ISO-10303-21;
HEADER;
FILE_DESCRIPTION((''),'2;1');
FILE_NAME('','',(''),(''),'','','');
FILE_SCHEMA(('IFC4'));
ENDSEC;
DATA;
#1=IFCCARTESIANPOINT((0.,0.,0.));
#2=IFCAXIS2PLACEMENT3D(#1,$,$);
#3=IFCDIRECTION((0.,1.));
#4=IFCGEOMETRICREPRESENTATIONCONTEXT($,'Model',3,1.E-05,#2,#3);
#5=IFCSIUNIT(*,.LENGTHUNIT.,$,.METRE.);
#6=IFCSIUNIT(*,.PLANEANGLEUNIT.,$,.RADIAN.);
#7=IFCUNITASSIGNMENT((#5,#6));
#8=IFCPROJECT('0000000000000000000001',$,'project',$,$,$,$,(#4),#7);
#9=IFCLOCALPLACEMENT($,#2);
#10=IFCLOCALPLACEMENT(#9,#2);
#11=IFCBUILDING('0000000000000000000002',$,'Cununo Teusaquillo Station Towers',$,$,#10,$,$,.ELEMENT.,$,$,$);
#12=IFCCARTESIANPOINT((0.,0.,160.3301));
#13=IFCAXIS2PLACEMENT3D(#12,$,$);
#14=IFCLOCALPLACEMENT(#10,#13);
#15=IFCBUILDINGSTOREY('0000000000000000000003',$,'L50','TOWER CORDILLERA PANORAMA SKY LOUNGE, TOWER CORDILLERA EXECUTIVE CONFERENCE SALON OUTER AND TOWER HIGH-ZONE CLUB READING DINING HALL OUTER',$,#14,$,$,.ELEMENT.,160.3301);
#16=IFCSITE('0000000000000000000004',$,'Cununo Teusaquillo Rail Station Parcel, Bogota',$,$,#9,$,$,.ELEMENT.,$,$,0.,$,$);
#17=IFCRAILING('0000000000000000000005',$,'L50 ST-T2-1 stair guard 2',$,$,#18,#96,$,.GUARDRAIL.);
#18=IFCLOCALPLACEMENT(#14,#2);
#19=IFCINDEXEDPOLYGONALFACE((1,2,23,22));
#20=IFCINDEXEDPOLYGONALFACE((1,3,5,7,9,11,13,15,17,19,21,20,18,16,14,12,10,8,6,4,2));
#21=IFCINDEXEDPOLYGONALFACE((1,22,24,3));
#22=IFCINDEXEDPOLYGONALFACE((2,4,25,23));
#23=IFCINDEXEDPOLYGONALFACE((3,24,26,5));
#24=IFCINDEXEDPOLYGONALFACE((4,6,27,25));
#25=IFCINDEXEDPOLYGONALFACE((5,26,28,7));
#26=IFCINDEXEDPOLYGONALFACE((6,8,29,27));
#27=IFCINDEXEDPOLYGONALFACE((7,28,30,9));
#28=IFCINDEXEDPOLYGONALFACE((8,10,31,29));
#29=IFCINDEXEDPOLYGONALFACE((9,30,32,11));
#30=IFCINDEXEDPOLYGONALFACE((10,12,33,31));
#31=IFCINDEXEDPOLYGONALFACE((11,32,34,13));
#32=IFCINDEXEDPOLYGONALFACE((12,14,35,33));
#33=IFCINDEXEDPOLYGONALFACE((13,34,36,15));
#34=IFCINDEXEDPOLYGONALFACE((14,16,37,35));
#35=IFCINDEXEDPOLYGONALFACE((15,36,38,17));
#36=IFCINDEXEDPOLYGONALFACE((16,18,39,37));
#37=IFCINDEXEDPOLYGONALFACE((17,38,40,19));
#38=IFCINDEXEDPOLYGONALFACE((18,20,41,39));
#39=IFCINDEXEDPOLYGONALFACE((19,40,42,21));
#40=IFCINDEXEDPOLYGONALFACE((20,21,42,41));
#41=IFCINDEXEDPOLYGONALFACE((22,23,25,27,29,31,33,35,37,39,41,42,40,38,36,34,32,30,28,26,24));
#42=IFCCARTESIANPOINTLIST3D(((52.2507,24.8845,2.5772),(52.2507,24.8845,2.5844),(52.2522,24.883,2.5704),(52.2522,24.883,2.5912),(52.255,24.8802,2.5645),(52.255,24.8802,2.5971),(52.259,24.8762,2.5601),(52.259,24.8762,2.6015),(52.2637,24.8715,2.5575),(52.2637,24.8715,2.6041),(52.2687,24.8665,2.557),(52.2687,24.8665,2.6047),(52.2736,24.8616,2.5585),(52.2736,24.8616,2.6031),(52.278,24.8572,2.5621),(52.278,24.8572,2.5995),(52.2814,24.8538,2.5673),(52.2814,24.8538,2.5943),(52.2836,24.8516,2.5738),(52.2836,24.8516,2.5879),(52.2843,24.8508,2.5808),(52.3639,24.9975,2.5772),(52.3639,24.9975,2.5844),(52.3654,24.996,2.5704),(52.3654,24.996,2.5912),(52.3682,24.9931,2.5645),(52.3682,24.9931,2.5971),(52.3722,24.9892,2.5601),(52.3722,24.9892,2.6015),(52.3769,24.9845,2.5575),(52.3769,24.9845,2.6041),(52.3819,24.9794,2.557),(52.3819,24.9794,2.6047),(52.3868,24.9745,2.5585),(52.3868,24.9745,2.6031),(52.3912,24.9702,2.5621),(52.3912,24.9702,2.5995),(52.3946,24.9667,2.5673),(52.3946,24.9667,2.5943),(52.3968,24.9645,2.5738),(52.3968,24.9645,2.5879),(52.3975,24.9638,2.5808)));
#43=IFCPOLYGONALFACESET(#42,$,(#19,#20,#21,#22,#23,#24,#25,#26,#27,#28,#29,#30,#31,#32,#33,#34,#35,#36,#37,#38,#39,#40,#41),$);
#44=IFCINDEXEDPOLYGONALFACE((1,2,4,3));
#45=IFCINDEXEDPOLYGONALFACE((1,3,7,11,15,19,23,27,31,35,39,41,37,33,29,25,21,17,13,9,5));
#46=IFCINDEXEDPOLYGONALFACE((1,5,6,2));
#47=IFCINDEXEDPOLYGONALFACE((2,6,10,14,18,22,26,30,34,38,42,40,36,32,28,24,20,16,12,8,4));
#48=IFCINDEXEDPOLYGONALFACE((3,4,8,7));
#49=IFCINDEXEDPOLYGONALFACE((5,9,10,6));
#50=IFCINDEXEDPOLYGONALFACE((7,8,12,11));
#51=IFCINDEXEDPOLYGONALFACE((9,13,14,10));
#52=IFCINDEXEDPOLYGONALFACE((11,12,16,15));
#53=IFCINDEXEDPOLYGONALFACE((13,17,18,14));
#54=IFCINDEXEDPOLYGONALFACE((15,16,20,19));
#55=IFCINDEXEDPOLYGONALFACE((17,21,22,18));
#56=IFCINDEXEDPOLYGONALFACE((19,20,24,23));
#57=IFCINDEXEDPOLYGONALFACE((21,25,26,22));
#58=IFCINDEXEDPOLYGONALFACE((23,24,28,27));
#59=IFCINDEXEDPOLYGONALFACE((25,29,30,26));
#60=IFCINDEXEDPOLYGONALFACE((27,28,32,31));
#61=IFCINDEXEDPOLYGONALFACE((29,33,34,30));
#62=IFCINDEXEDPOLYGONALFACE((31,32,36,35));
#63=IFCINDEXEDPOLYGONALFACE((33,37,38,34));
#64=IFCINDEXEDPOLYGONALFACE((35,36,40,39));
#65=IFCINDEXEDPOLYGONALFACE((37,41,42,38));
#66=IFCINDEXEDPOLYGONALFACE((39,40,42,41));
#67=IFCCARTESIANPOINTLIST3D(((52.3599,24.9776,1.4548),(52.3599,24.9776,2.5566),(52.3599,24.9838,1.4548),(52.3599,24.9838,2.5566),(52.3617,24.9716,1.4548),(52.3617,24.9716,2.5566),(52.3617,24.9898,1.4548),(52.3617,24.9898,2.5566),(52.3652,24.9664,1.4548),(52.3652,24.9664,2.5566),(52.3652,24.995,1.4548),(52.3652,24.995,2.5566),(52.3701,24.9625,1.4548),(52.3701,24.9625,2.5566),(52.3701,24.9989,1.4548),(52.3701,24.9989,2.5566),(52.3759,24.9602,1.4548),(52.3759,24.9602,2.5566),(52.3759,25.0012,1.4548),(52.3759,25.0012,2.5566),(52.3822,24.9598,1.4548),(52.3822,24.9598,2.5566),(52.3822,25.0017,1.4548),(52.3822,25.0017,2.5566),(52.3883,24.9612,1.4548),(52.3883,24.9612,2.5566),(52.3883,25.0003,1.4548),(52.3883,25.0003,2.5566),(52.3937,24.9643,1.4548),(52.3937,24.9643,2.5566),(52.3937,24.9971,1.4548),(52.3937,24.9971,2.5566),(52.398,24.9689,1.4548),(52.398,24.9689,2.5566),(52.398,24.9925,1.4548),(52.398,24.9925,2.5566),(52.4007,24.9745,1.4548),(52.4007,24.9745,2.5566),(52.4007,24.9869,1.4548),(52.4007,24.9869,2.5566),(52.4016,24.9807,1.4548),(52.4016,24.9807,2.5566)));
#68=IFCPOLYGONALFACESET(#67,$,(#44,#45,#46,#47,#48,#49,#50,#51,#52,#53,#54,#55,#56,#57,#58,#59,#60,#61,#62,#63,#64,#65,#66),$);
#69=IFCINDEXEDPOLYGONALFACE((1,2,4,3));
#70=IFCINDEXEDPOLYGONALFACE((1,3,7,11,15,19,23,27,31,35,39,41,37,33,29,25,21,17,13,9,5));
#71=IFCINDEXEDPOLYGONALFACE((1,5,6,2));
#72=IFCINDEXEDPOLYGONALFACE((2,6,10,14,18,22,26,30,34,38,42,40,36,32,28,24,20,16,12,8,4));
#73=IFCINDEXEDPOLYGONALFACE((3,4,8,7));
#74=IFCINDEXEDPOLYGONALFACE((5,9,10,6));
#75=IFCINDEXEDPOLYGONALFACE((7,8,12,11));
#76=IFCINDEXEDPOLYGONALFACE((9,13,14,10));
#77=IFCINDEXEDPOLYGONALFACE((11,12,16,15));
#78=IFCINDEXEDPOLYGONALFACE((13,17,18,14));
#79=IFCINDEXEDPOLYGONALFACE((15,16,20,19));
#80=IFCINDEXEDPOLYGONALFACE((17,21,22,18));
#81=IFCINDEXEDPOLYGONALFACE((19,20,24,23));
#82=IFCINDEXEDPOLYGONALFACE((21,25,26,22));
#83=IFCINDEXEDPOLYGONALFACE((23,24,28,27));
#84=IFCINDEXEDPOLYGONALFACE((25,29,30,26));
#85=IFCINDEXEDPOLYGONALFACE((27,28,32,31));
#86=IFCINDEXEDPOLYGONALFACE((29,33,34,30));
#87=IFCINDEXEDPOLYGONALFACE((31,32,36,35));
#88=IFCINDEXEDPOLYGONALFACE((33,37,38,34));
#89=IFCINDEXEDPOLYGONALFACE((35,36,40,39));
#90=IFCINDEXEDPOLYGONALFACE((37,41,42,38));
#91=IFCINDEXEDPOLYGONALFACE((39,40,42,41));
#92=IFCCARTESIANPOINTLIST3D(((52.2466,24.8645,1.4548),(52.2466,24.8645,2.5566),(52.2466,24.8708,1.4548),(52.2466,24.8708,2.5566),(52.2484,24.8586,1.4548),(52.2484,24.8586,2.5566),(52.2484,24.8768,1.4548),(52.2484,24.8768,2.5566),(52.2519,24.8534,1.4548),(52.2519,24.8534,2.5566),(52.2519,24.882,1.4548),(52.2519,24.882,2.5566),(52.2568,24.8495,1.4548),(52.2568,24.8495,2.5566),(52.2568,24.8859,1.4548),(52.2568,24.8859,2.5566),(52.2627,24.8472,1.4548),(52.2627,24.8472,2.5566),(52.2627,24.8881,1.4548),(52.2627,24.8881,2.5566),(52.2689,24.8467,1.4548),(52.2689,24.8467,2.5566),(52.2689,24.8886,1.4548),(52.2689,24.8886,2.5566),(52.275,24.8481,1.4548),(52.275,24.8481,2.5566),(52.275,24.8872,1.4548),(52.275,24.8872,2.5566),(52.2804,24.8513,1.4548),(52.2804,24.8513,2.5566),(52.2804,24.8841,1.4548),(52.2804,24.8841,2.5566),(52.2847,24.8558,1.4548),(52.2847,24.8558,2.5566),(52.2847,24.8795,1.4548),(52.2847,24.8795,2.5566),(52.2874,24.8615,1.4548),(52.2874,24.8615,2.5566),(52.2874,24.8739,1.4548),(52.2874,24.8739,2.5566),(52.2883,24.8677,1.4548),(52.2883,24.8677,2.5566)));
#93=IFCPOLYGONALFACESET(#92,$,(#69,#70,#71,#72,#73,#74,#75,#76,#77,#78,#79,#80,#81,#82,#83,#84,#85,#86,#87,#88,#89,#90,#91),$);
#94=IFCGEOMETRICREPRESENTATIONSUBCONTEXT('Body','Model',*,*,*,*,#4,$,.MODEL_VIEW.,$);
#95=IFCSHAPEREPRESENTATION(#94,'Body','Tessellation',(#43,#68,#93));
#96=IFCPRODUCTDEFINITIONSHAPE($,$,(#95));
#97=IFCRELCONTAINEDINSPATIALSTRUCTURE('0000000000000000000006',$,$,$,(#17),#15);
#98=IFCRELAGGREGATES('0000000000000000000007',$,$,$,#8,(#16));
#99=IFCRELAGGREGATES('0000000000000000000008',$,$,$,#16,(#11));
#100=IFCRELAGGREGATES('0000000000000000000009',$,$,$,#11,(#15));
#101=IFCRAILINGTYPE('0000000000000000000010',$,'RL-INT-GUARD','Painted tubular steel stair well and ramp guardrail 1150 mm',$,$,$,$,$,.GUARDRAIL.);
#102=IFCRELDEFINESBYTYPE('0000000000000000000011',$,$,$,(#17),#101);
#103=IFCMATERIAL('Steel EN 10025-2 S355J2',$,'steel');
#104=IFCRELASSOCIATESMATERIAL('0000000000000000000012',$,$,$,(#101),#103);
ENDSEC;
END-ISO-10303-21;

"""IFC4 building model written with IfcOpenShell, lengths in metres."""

from ifc_helpers import new_model, si_unit, direction, frame, origin, origin_2d, place, context, subcontext, project, spatial, circle, extrude, material, type_object, element, save


model = new_model("IFC4")

# Units and contexts
model_context = context("Model", 3, precision=1e-05, world=origin(), true_north=direction((0.0, 1.0)))
body_context = subcontext(model_context, "Body", "Model", "MODEL_VIEW")
ifc_project = project(units=[si_unit("LENGTHUNIT", "METRE"), si_unit("PLANEANGLEUNIT", "RADIAN")], contexts=[model_context])

# Site, building, storey
site_placement = place(None, origin())
site = spatial("IfcSite", under=ifc_project, at=site_placement, Name="Cununo Teusaquillo Rail Station Parcel, Bogota", CompositionType="ELEMENT", RefElevation=0.0)
building_placement = place(site_placement, origin())
building = spatial("IfcBuilding", under=site, at=building_placement, Name="Cununo Teusaquillo Station Towers", CompositionType="ELEMENT")
storey_placement = place(building_placement, frame((0.0, 0.0, 160.3301)))
storey = spatial("IfcBuildingStorey", under=building, at=storey_placement, Name="L50", Description="TOWER CORDILLERA PANORAMA SKY LOUNGE, TOWER CORDILLERA EXECUTIVE CONFERENCE SALON OUTER AND TOWER HIGH-ZONE CLUB READING DINING HALL OUTER", CompositionType="ELEMENT", Elevation=160.3301)

# Railing
ifc_material_1 = material(Name="Steel EN 10025-2 S355J2", Category="steel")
railing_type_1 = type_object("IfcRailingType", Name="RL-INT-GUARD", Description="Painted tubular steel stair well and ramp guardrail 1150 mm", PredefinedType="GUARDRAIL", material=ifc_material_1)
railing_1_placement = place(storey_placement, frame((52.3806, 24.9807, 1.4548)))
element("IfcRailing", 1, at=railing_1_placement, inside=storey, type_object=railing_type_1, Name="L50 ST-T2-1 stair guard 2", PredefinedType="GUARDRAIL", context=body_context, shape_type="SweptSolid", body=[
    extrude(circle(Radius=0.0239, at=origin_2d()), frame((0.0, 0.0, 1.126), z_axis=(-0.707869, -0.706344, 0.0), x_axis=(0.706344, -0.707869, 0.0)), (0.0, 0.0, 1.0), 0.1599),
    extrude(circle(Radius=0.021, at=origin_2d()), origin(), (0.0, 0.0, 1.0), 1.1018),
    extrude(circle(Radius=0.021, at=origin_2d()), frame((-0.1133, -0.113, 0.0)), (0.0, 0.0, 1.0), 1.1018),
])

save(model, "model.ifc")
